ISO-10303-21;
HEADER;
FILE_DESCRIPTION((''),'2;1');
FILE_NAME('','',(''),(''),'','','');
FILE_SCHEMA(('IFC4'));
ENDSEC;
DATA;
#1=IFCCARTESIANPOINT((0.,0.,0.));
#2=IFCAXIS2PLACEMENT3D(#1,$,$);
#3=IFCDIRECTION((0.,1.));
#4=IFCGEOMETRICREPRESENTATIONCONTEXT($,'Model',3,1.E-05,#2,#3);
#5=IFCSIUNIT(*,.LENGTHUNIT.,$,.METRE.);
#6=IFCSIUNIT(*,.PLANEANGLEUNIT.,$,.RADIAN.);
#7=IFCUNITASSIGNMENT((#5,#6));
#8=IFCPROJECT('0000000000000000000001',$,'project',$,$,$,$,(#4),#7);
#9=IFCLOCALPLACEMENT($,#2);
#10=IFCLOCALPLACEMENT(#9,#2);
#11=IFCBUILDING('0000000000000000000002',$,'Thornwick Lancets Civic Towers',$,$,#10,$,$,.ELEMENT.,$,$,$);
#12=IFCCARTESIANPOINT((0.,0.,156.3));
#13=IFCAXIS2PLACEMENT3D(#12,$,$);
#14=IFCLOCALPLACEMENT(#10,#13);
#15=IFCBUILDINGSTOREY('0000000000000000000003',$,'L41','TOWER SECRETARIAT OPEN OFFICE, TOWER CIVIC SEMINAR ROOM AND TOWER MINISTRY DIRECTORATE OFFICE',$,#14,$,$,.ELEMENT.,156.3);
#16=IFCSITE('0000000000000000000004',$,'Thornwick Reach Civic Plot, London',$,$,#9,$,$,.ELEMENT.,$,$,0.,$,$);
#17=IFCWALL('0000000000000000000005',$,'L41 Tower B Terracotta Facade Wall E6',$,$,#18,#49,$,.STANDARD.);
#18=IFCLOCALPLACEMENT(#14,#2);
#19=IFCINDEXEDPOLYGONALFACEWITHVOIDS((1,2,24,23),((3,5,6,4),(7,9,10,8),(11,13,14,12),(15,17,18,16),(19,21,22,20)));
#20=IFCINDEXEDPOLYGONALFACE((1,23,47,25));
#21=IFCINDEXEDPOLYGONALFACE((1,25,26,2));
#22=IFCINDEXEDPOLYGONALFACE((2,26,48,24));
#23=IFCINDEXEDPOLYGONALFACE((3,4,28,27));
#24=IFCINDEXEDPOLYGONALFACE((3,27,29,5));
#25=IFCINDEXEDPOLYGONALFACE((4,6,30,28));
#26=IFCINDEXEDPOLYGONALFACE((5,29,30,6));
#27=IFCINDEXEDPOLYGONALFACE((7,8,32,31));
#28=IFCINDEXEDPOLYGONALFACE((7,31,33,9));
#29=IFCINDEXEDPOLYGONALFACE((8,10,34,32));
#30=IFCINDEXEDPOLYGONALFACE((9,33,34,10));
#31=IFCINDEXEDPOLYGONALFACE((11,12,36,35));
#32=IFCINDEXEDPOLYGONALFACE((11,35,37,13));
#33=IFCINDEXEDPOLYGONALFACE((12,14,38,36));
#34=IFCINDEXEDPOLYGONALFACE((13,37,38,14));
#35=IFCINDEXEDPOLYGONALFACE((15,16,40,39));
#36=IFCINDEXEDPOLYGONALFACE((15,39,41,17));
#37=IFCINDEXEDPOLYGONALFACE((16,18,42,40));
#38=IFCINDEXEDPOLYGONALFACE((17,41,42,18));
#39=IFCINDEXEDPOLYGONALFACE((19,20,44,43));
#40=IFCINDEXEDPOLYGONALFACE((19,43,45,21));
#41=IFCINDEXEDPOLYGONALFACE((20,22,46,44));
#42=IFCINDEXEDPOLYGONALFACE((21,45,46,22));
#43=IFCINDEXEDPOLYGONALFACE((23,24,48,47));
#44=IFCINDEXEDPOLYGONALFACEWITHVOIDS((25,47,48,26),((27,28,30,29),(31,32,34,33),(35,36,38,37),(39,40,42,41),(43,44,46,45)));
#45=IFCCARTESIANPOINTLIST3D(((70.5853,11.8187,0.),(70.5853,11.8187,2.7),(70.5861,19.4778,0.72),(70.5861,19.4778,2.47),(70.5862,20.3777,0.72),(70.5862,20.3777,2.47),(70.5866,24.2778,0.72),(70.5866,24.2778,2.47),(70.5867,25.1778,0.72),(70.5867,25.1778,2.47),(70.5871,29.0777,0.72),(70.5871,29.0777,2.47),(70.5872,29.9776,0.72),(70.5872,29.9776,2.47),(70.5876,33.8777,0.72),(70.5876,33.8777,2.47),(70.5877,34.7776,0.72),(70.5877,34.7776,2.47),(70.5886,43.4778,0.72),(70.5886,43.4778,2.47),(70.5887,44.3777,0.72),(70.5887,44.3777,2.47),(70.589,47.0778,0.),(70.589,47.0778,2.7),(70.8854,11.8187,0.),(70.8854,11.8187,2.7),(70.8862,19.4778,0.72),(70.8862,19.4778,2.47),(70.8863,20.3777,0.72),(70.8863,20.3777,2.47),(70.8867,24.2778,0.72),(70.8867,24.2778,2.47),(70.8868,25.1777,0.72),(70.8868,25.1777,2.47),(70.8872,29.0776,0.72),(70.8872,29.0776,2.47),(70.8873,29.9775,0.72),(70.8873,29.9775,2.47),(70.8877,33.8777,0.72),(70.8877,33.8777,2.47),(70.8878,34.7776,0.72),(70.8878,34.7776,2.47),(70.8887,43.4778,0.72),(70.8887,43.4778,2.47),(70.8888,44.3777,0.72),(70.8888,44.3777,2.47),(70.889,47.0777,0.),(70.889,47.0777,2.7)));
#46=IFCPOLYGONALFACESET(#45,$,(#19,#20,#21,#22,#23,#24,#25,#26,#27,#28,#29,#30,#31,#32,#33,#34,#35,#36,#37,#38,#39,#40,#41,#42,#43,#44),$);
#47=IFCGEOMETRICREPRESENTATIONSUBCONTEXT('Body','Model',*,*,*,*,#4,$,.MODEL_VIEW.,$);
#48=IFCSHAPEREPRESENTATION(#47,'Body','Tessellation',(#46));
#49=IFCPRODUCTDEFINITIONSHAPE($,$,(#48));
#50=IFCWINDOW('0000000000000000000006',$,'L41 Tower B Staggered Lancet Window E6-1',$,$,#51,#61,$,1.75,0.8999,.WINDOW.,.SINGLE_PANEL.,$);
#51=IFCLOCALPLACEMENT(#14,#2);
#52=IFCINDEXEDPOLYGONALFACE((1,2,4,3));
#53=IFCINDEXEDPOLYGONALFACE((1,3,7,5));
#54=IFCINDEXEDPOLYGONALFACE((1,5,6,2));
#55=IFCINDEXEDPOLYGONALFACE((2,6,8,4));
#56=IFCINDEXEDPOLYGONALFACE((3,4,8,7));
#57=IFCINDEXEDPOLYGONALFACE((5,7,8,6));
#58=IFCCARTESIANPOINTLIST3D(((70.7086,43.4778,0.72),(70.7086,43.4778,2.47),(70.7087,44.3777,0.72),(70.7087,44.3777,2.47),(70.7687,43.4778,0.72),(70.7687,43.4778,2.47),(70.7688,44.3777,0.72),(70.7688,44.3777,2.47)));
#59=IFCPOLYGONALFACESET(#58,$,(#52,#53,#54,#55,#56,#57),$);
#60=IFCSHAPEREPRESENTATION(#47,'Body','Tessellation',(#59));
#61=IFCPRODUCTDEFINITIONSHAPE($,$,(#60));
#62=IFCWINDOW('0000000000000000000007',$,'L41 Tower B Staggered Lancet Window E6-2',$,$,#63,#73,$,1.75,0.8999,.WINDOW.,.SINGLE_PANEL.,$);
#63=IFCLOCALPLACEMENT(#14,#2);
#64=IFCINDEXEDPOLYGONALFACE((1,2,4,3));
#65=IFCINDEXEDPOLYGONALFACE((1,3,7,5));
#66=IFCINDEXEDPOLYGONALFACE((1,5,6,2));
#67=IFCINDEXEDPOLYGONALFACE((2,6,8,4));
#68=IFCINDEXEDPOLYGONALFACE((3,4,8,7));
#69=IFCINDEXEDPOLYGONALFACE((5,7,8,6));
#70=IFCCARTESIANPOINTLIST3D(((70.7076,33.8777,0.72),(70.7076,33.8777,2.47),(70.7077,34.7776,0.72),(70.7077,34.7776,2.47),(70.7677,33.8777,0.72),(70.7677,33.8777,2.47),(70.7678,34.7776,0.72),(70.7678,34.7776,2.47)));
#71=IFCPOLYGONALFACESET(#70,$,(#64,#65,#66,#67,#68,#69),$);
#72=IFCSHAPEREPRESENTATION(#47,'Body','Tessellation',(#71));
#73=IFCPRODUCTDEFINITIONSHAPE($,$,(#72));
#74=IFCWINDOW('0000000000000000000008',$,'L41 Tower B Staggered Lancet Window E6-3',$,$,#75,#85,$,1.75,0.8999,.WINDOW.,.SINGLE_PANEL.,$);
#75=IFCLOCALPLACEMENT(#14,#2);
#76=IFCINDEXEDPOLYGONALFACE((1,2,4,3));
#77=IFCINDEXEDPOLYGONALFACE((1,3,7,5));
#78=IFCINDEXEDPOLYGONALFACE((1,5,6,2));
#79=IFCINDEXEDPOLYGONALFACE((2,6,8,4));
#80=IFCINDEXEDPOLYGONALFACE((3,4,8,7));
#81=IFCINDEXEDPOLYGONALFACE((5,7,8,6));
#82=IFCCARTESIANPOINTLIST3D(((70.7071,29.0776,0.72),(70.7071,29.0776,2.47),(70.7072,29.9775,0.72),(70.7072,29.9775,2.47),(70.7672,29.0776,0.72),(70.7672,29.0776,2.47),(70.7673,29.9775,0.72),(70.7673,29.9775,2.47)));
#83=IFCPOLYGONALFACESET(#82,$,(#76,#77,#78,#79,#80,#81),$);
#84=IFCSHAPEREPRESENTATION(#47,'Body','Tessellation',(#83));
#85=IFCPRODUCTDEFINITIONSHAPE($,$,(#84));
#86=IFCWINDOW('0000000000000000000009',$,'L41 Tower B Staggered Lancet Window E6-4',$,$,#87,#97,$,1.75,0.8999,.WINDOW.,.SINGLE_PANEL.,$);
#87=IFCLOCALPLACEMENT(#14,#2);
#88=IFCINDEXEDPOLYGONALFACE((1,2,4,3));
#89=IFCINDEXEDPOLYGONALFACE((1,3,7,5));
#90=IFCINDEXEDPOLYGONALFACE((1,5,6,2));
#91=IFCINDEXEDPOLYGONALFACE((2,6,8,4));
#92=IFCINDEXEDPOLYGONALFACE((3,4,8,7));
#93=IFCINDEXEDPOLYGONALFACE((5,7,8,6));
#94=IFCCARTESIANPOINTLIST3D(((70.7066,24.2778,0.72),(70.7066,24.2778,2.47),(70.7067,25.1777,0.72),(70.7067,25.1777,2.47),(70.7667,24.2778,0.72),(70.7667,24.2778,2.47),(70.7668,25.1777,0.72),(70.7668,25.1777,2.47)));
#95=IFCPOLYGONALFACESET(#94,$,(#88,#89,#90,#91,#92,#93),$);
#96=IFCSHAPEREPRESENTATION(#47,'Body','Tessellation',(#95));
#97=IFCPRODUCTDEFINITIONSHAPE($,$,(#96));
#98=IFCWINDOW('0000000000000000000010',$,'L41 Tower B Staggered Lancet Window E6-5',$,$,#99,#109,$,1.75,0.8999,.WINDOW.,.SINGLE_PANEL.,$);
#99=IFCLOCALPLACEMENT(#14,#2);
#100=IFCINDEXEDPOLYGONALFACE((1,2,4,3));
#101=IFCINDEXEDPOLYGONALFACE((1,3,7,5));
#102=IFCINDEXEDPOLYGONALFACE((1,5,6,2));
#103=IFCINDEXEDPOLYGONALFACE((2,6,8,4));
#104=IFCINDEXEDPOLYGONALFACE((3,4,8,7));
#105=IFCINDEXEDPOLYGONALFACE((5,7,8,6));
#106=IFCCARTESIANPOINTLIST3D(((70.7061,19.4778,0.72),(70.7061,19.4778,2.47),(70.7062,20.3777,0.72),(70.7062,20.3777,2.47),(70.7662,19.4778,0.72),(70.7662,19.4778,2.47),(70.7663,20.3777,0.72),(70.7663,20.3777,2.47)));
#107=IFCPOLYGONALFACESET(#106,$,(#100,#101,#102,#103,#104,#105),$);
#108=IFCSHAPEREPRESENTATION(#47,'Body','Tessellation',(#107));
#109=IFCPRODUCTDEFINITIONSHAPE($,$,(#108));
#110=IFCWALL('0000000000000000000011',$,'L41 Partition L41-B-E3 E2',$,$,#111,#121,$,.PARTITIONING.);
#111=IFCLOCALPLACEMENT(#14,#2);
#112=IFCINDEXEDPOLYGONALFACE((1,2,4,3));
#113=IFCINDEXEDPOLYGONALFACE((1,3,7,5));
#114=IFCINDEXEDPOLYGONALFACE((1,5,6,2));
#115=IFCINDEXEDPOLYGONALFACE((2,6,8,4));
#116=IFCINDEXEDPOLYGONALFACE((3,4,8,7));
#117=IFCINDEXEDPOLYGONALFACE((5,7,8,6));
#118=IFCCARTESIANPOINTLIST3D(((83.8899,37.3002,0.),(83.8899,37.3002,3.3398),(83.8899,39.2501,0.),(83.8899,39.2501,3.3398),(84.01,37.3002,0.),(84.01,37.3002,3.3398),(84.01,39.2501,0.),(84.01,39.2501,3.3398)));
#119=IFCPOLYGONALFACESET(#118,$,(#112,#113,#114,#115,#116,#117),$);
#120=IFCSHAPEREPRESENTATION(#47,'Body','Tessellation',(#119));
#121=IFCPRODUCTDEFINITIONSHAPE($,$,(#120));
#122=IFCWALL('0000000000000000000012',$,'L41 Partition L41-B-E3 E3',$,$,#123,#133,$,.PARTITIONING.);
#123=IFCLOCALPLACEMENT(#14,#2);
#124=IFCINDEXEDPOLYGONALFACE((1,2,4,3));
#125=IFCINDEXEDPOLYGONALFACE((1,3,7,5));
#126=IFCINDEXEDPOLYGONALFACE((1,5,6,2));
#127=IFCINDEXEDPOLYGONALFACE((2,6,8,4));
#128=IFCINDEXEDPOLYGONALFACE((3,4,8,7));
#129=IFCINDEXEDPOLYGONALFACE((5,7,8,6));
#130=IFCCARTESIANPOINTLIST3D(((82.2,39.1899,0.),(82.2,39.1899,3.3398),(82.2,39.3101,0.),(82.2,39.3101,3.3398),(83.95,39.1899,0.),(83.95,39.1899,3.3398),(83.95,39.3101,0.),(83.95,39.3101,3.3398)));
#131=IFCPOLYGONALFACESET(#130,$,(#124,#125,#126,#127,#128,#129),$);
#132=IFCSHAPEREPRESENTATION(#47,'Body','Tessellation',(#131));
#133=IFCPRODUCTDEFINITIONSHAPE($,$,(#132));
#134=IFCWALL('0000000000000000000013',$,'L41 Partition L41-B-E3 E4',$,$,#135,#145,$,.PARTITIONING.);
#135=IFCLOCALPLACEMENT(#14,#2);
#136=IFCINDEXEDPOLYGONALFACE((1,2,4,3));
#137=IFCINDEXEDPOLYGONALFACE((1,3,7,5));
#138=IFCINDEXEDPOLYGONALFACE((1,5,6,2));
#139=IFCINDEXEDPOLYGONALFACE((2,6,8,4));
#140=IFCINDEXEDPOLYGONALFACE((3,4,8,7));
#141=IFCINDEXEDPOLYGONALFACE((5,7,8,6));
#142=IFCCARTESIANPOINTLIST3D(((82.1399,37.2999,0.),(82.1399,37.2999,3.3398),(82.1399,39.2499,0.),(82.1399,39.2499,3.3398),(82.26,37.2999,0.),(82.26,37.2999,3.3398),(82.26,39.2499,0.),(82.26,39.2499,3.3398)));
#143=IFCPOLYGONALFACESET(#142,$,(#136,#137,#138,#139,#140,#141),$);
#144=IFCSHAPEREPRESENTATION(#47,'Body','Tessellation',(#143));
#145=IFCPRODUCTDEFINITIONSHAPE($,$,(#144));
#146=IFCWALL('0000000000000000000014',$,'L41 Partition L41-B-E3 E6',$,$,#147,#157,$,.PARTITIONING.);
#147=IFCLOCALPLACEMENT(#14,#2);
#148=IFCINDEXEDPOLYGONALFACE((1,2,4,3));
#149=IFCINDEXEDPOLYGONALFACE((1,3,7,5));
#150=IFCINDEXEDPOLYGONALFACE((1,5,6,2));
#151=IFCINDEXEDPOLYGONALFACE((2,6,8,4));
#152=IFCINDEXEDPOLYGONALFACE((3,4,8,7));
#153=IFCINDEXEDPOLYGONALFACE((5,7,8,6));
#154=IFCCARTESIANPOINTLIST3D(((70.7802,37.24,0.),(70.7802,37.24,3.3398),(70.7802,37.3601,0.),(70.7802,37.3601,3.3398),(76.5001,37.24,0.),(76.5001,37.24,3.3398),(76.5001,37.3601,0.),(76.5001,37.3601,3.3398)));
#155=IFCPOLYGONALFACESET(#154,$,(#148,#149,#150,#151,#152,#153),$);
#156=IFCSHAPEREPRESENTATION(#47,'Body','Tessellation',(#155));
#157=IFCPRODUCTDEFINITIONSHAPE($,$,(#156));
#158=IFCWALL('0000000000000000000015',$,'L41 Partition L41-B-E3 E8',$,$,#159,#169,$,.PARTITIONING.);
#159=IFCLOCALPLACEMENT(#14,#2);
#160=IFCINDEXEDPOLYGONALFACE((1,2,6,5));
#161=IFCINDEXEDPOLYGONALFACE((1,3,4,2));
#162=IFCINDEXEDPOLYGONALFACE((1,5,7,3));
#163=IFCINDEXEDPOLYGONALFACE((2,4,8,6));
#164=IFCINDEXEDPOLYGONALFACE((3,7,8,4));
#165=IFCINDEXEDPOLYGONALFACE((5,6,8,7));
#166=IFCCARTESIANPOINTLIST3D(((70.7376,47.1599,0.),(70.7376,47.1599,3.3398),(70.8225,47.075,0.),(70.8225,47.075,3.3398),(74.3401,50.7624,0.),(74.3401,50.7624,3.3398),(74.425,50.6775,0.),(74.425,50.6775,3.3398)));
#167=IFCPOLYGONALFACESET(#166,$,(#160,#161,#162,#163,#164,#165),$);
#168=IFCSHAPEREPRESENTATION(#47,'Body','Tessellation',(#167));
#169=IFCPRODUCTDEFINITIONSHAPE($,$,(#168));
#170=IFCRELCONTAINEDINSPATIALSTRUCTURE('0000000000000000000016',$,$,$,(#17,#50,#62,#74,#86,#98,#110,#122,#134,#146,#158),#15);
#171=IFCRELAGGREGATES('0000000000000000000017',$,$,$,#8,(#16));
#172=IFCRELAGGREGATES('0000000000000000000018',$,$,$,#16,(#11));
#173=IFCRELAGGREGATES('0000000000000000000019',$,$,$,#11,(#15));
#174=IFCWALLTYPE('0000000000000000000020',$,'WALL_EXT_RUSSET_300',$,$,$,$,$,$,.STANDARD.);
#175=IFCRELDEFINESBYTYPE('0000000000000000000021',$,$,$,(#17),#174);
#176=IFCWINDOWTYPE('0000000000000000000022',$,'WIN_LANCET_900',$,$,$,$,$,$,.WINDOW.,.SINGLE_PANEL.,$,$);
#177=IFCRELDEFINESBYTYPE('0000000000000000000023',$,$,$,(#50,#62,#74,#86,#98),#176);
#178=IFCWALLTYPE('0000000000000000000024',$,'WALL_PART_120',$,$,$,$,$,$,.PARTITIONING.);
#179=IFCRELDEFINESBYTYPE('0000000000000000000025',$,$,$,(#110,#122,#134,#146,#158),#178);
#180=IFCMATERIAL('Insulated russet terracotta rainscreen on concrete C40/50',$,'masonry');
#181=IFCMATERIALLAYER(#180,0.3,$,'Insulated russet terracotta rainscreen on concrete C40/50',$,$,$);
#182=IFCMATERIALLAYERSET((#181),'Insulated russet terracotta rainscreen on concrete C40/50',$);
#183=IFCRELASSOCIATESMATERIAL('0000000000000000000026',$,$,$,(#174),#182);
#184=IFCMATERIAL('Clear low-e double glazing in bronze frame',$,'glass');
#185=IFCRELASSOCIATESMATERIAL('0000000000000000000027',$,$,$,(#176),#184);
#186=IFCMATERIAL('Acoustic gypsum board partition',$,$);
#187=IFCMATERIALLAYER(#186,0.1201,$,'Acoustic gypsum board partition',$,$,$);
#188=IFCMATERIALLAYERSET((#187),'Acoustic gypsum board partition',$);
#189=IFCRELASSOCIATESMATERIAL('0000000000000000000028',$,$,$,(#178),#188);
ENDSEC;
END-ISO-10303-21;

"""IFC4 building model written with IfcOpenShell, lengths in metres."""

from ifc_helpers import new_model, si_unit, direction, frame, frame_2d, origin, place, context, subcontext, project, spatial, rectangle, extrude, material, layer, layer_set, type_object, element, fill, save


model = new_model("IFC4")

# Units and contexts
model_context = context("Model", 3, precision=1e-05, world=origin(), true_north=direction((0.0, 1.0)))
body_context = subcontext(model_context, "Body", "Model", "MODEL_VIEW")
ifc_project = project(units=[si_unit("LENGTHUNIT", "METRE"), si_unit("PLANEANGLEUNIT", "RADIAN")], contexts=[model_context])

# Site, building, storey
site_placement = place(None, origin())
site = spatial("IfcSite", under=ifc_project, at=site_placement, Name="Thornwick Reach Civic Plot, London", CompositionType="ELEMENT", RefElevation=0.0)
building_placement = place(site_placement, origin())
building = spatial("IfcBuilding", under=site, at=building_placement, Name="Thornwick Lancets Civic Towers", CompositionType="ELEMENT")
storey_placement = place(building_placement, frame((0.0, 0.0, 156.3)))
storey = spatial("IfcBuildingStorey", under=building, at=storey_placement, Name="L41", Description="TOWER SECRETARIAT OPEN OFFICE, TOWER CIVIC SEMINAR ROOM AND TOWER MINISTRY DIRECTORATE OFFICE", CompositionType="ELEMENT", Elevation=156.3)

# Wall, openings, windows
ifc_material_1 = material(Name="Insulated russet terracotta rainscreen on concrete C40/50", Category="masonry")
ifc_layer_1 = layer(ifc_material_1, 0.3, Name="Insulated russet terracotta rainscreen on concrete C40/50")
ifc_layer_set_1 = layer_set([ifc_layer_1], Name="Insulated russet terracotta rainscreen on concrete C40/50")
wall_type_1 = type_object("IfcWallType", Name="WALL_EXT_RUSSET_300", PredefinedType="STANDARD", material=ifc_layer_set_1)
wall_1_placement = place(storey_placement, frame((70.739, 47.0776, 0.0), z_axis=(0.0, 0.0, 1.0), x_axis=(-0.000104, -1.0, 0.0)))
wall_1 = element("IfcWall", 1, at=wall_1_placement, inside=storey, type_object=wall_type_1, Name="L41 Tower B Terracotta Facade Wall E6", PredefinedType="STANDARD", context=body_context, shape_type="SweptSolid", body=[
    extrude(rectangle(XDim=35.259, YDim=0.3, at=frame_2d((17.6294, 0.0))), origin(), (0.0, 0.0, 1.0), 2.7),
])
opening_1_placement = place(wall_1_placement, frame((2.7, 0.0, 0.72)))
opening_1 = element("IfcOpeningElement", 2, at=opening_1_placement, cuts=wall_1, PredefinedType="OPENING", context=body_context, shape_type="SweptSolid", body=[
    extrude(rectangle(XDim=0.8999, YDim=1.75, at=frame_2d((0.45, 0.875))), frame((0.0, 0.1602, 0.0), z_axis=(0.0, -1.0, 0.0), x_axis=(1.0, 0.0, 0.0)), (0.0, 0.0, 1.0), 0.3201),
])
opening_2_placement = place(wall_1_placement, frame((12.3, 0.0, 0.72)))
opening_2 = element("IfcOpeningElement", 3, at=opening_2_placement, cuts=wall_1, PredefinedType="OPENING", context=body_context, shape_type="SweptSolid", body=[
    extrude(rectangle(XDim=0.8999, YDim=1.75, at=frame_2d((0.45, 0.875))), frame((0.0, 0.1602, 0.0), z_axis=(0.0, -1.0, 0.0), x_axis=(1.0, 0.0, 0.0)), (0.0, 0.0, 1.0), 0.3201),
])
opening_3_placement = place(wall_1_placement, frame((17.1001, 0.0, 0.72)))
opening_3 = element("IfcOpeningElement", 4, at=opening_3_placement, cuts=wall_1, PredefinedType="OPENING", context=body_context, shape_type="SweptSolid", body=[
    extrude(rectangle(XDim=0.8999, YDim=1.75, at=frame_2d((0.45, 0.875))), frame((0.0, 0.1602, 0.0), z_axis=(0.0, -1.0, 0.0), x_axis=(1.0, 0.0, 0.0)), (0.0, 0.0, 1.0), 0.3201),
])
opening_4_placement = place(wall_1_placement, frame((21.8999, 0.0, 0.72)))
opening_4 = element("IfcOpeningElement", 5, at=opening_4_placement, cuts=wall_1, PredefinedType="OPENING", context=body_context, shape_type="SweptSolid", body=[
    extrude(rectangle(XDim=0.8999, YDim=1.75, at=frame_2d((0.45, 0.875))), frame((0.0, 0.1602, 0.0), z_axis=(0.0, -1.0, 0.0), x_axis=(1.0, 0.0, 0.0)), (0.0, 0.0, 1.0), 0.3201),
])
opening_5_placement = place(wall_1_placement, frame((26.7, 0.0, 0.72)))
opening_5 = element("IfcOpeningElement", 6, at=opening_5_placement, cuts=wall_1, PredefinedType="OPENING", context=body_context, shape_type="SweptSolid", body=[
    extrude(rectangle(XDim=0.8999, YDim=1.75, at=frame_2d((0.45, 0.875))), frame((0.0, 0.1602, 0.0), z_axis=(0.0, -1.0, 0.0), x_axis=(1.0, 0.0, 0.0)), (0.0, 0.0, 1.0), 0.3201),
])
ifc_material_2 = material(Name="Clear low-e double glazing in bronze frame", Category="glass")
window_type = type_object("IfcWindowType", Name="WIN_LANCET_900", PartitioningType="SINGLE_PANEL", PredefinedType="WINDOW", material=ifc_material_2)
window_1_placement = place(opening_1_placement, origin())
window_1 = element("IfcWindow", 7, at=window_1_placement, inside=storey, type_object=window_type, Name="L41 Tower B Staggered Lancet Window E6-1", OverallHeight=1.75, OverallWidth=0.8999, PartitioningType="SINGLE_PANEL", PredefinedType="WINDOW", context=body_context, shape_type="SweptSolid", body=[
    extrude(rectangle(XDim=0.8999, YDim=1.75, at=frame_2d((0.45, 0.875))), frame((0.0, 0.03, 0.0), z_axis=(0.0, -1.0, 0.0), x_axis=(1.0, 0.0, 0.0)), (0.0, 0.0, 1.0), 0.0601),
])
fill(opening_1, window_1)
window_2_placement = place(opening_2_placement, origin())
window_2 = element("IfcWindow", 8, at=window_2_placement, inside=storey, type_object=window_type, Name="L41 Tower B Staggered Lancet Window E6-2", OverallHeight=1.75, OverallWidth=0.8999, PartitioningType="SINGLE_PANEL", PredefinedType="WINDOW", context=body_context, shape_type="SweptSolid", body=[
    extrude(rectangle(XDim=0.8999, YDim=1.75, at=frame_2d((0.45, 0.875))), frame((0.0, 0.03, 0.0), z_axis=(0.0, -1.0, 0.0), x_axis=(1.0, 0.0, 0.0)), (0.0, 0.0, 1.0), 0.0601),
])
fill(opening_2, window_2)
window_3_placement = place(opening_3_placement, origin())
window_3 = element("IfcWindow", 9, at=window_3_placement, inside=storey, type_object=window_type, Name="L41 Tower B Staggered Lancet Window E6-3", OverallHeight=1.75, OverallWidth=0.8999, PartitioningType="SINGLE_PANEL", PredefinedType="WINDOW", context=body_context, shape_type="SweptSolid", body=[
    extrude(rectangle(XDim=0.8999, YDim=1.75, at=frame_2d((0.45, 0.875))), frame((0.0, 0.03, 0.0), z_axis=(0.0, -1.0, 0.0), x_axis=(1.0, 0.0, 0.0)), (0.0, 0.0, 1.0), 0.0601),
])
fill(opening_3, window_3)
window_4_placement = place(opening_4_placement, origin())
window_4 = element("IfcWindow", 10, at=window_4_placement, inside=storey, type_object=window_type, Name="L41 Tower B Staggered Lancet Window E6-4", OverallHeight=1.75, OverallWidth=0.8999, PartitioningType="SINGLE_PANEL", PredefinedType="WINDOW", context=body_context, shape_type="SweptSolid", body=[
    extrude(rectangle(XDim=0.8999, YDim=1.75, at=frame_2d((0.45, 0.875))), frame((0.0, 0.03, 0.0), z_axis=(0.0, -1.0, 0.0), x_axis=(1.0, 0.0, 0.0)), (0.0, 0.0, 1.0), 0.0601),
])
fill(opening_4, window_4)
window_5_placement = place(opening_5_placement, origin())
window_5 = element("IfcWindow", 11, at=window_5_placement, inside=storey, type_object=window_type, Name="L41 Tower B Staggered Lancet Window E6-5", OverallHeight=1.75, OverallWidth=0.8999, PartitioningType="SINGLE_PANEL", PredefinedType="WINDOW", context=body_context, shape_type="SweptSolid", body=[
    extrude(rectangle(XDim=0.8999, YDim=1.75, at=frame_2d((0.45, 0.875))), frame((0.0, 0.03, 0.0), z_axis=(0.0, -1.0, 0.0), x_axis=(1.0, 0.0, 0.0)), (0.0, 0.0, 1.0), 0.0601),
])
fill(opening_5, window_5)

# Walls
ifc_material_3 = material(Name="Acoustic gypsum board partition")
ifc_layer_2 = layer(ifc_material_3, 0.1201, Name="Acoustic gypsum board partition")
ifc_layer_set_2 = layer_set([ifc_layer_2], Name="Acoustic gypsum board partition")
wall_type_2 = type_object("IfcWallType", Name="WALL_PART_120", PredefinedType="PARTITIONING", material=ifc_layer_set_2)
wall_2_placement = place(storey_placement, frame((83.95, 37.3, 0.0), z_axis=(0.0, 0.0, 1.0), x_axis=(0.0, 1.0, 0.0)))
element("IfcWall", 12, at=wall_2_placement, inside=storey, type_object=wall_type_2, Name="L41 Partition L41-B-E3 E2", PredefinedType="PARTITIONING", context=body_context, shape_type="SweptSolid", body=[
    extrude(rectangle(XDim=1.95, YDim=0.1201, at=frame_2d((0.9751, 0.0))), origin(), (0.0, 0.0, 1.0), 3.3398),
])
wall_3_placement = place(storey_placement, frame((83.95, 39.25, 0.0), z_axis=(0.0, 0.0, 1.0), x_axis=(-1.0, 0.0, 0.0)))
element("IfcWall", 13, at=wall_3_placement, inside=storey, type_object=wall_type_2, Name="L41 Partition L41-B-E3 E3", PredefinedType="PARTITIONING", context=body_context, shape_type="SweptSolid", body=[
    extrude(rectangle(XDim=1.75, YDim=0.1201, at=frame_2d((0.875, 0.0))), origin(), (0.0, 0.0, 1.0), 3.3398),
])
wall_4_placement = place(storey_placement, frame((82.2, 39.25, 0.0), z_axis=(0.0, 0.0, 1.0), x_axis=(0.0, -1.0, 0.0)))
element("IfcWall", 14, at=wall_4_placement, inside=storey, type_object=wall_type_2, Name="L41 Partition L41-B-E3 E4", PredefinedType="PARTITIONING", context=body_context, shape_type="SweptSolid", body=[
    extrude(rectangle(XDim=1.95, YDim=0.1201, at=frame_2d((0.9751, 0.0))), origin(), (0.0, 0.0, 1.0), 3.3398),
])
wall_5_placement = place(storey_placement, frame((76.5, 37.3, 0.0), z_axis=(0.0, 0.0, 1.0), x_axis=(-1.0, 0.0, 0.0)))
element("IfcWall", 15, at=wall_5_placement, inside=storey, type_object=wall_type_2, Name="L41 Partition L41-B-E3 E6", PredefinedType="PARTITIONING", context=body_context, shape_type="SweptSolid", body=[
    extrude(rectangle(XDim=5.72, YDim=0.1201, at=frame_2d((2.8599, 0.0))), origin(), (0.0, 0.0, 1.0), 3.3398),
])
wall_6_placement = place(storey_placement, frame((70.78, 47.1174, 0.0), z_axis=(0.0, 0.0, 1.0), x_axis=(0.707107, 0.707107, 0.0)))
element("IfcWall", 16, at=wall_6_placement, inside=storey, type_object=wall_type_2, Name="L41 Partition L41-B-E3 E8", PredefinedType="PARTITIONING", context=body_context, shape_type="SweptSolid", body=[
    extrude(rectangle(XDim=5.0947, YDim=0.1201, at=frame_2d((2.5474, 0.0))), origin(), (0.0, 0.0, 1.0), 3.3398),
])

save(model, "model.ifc")
